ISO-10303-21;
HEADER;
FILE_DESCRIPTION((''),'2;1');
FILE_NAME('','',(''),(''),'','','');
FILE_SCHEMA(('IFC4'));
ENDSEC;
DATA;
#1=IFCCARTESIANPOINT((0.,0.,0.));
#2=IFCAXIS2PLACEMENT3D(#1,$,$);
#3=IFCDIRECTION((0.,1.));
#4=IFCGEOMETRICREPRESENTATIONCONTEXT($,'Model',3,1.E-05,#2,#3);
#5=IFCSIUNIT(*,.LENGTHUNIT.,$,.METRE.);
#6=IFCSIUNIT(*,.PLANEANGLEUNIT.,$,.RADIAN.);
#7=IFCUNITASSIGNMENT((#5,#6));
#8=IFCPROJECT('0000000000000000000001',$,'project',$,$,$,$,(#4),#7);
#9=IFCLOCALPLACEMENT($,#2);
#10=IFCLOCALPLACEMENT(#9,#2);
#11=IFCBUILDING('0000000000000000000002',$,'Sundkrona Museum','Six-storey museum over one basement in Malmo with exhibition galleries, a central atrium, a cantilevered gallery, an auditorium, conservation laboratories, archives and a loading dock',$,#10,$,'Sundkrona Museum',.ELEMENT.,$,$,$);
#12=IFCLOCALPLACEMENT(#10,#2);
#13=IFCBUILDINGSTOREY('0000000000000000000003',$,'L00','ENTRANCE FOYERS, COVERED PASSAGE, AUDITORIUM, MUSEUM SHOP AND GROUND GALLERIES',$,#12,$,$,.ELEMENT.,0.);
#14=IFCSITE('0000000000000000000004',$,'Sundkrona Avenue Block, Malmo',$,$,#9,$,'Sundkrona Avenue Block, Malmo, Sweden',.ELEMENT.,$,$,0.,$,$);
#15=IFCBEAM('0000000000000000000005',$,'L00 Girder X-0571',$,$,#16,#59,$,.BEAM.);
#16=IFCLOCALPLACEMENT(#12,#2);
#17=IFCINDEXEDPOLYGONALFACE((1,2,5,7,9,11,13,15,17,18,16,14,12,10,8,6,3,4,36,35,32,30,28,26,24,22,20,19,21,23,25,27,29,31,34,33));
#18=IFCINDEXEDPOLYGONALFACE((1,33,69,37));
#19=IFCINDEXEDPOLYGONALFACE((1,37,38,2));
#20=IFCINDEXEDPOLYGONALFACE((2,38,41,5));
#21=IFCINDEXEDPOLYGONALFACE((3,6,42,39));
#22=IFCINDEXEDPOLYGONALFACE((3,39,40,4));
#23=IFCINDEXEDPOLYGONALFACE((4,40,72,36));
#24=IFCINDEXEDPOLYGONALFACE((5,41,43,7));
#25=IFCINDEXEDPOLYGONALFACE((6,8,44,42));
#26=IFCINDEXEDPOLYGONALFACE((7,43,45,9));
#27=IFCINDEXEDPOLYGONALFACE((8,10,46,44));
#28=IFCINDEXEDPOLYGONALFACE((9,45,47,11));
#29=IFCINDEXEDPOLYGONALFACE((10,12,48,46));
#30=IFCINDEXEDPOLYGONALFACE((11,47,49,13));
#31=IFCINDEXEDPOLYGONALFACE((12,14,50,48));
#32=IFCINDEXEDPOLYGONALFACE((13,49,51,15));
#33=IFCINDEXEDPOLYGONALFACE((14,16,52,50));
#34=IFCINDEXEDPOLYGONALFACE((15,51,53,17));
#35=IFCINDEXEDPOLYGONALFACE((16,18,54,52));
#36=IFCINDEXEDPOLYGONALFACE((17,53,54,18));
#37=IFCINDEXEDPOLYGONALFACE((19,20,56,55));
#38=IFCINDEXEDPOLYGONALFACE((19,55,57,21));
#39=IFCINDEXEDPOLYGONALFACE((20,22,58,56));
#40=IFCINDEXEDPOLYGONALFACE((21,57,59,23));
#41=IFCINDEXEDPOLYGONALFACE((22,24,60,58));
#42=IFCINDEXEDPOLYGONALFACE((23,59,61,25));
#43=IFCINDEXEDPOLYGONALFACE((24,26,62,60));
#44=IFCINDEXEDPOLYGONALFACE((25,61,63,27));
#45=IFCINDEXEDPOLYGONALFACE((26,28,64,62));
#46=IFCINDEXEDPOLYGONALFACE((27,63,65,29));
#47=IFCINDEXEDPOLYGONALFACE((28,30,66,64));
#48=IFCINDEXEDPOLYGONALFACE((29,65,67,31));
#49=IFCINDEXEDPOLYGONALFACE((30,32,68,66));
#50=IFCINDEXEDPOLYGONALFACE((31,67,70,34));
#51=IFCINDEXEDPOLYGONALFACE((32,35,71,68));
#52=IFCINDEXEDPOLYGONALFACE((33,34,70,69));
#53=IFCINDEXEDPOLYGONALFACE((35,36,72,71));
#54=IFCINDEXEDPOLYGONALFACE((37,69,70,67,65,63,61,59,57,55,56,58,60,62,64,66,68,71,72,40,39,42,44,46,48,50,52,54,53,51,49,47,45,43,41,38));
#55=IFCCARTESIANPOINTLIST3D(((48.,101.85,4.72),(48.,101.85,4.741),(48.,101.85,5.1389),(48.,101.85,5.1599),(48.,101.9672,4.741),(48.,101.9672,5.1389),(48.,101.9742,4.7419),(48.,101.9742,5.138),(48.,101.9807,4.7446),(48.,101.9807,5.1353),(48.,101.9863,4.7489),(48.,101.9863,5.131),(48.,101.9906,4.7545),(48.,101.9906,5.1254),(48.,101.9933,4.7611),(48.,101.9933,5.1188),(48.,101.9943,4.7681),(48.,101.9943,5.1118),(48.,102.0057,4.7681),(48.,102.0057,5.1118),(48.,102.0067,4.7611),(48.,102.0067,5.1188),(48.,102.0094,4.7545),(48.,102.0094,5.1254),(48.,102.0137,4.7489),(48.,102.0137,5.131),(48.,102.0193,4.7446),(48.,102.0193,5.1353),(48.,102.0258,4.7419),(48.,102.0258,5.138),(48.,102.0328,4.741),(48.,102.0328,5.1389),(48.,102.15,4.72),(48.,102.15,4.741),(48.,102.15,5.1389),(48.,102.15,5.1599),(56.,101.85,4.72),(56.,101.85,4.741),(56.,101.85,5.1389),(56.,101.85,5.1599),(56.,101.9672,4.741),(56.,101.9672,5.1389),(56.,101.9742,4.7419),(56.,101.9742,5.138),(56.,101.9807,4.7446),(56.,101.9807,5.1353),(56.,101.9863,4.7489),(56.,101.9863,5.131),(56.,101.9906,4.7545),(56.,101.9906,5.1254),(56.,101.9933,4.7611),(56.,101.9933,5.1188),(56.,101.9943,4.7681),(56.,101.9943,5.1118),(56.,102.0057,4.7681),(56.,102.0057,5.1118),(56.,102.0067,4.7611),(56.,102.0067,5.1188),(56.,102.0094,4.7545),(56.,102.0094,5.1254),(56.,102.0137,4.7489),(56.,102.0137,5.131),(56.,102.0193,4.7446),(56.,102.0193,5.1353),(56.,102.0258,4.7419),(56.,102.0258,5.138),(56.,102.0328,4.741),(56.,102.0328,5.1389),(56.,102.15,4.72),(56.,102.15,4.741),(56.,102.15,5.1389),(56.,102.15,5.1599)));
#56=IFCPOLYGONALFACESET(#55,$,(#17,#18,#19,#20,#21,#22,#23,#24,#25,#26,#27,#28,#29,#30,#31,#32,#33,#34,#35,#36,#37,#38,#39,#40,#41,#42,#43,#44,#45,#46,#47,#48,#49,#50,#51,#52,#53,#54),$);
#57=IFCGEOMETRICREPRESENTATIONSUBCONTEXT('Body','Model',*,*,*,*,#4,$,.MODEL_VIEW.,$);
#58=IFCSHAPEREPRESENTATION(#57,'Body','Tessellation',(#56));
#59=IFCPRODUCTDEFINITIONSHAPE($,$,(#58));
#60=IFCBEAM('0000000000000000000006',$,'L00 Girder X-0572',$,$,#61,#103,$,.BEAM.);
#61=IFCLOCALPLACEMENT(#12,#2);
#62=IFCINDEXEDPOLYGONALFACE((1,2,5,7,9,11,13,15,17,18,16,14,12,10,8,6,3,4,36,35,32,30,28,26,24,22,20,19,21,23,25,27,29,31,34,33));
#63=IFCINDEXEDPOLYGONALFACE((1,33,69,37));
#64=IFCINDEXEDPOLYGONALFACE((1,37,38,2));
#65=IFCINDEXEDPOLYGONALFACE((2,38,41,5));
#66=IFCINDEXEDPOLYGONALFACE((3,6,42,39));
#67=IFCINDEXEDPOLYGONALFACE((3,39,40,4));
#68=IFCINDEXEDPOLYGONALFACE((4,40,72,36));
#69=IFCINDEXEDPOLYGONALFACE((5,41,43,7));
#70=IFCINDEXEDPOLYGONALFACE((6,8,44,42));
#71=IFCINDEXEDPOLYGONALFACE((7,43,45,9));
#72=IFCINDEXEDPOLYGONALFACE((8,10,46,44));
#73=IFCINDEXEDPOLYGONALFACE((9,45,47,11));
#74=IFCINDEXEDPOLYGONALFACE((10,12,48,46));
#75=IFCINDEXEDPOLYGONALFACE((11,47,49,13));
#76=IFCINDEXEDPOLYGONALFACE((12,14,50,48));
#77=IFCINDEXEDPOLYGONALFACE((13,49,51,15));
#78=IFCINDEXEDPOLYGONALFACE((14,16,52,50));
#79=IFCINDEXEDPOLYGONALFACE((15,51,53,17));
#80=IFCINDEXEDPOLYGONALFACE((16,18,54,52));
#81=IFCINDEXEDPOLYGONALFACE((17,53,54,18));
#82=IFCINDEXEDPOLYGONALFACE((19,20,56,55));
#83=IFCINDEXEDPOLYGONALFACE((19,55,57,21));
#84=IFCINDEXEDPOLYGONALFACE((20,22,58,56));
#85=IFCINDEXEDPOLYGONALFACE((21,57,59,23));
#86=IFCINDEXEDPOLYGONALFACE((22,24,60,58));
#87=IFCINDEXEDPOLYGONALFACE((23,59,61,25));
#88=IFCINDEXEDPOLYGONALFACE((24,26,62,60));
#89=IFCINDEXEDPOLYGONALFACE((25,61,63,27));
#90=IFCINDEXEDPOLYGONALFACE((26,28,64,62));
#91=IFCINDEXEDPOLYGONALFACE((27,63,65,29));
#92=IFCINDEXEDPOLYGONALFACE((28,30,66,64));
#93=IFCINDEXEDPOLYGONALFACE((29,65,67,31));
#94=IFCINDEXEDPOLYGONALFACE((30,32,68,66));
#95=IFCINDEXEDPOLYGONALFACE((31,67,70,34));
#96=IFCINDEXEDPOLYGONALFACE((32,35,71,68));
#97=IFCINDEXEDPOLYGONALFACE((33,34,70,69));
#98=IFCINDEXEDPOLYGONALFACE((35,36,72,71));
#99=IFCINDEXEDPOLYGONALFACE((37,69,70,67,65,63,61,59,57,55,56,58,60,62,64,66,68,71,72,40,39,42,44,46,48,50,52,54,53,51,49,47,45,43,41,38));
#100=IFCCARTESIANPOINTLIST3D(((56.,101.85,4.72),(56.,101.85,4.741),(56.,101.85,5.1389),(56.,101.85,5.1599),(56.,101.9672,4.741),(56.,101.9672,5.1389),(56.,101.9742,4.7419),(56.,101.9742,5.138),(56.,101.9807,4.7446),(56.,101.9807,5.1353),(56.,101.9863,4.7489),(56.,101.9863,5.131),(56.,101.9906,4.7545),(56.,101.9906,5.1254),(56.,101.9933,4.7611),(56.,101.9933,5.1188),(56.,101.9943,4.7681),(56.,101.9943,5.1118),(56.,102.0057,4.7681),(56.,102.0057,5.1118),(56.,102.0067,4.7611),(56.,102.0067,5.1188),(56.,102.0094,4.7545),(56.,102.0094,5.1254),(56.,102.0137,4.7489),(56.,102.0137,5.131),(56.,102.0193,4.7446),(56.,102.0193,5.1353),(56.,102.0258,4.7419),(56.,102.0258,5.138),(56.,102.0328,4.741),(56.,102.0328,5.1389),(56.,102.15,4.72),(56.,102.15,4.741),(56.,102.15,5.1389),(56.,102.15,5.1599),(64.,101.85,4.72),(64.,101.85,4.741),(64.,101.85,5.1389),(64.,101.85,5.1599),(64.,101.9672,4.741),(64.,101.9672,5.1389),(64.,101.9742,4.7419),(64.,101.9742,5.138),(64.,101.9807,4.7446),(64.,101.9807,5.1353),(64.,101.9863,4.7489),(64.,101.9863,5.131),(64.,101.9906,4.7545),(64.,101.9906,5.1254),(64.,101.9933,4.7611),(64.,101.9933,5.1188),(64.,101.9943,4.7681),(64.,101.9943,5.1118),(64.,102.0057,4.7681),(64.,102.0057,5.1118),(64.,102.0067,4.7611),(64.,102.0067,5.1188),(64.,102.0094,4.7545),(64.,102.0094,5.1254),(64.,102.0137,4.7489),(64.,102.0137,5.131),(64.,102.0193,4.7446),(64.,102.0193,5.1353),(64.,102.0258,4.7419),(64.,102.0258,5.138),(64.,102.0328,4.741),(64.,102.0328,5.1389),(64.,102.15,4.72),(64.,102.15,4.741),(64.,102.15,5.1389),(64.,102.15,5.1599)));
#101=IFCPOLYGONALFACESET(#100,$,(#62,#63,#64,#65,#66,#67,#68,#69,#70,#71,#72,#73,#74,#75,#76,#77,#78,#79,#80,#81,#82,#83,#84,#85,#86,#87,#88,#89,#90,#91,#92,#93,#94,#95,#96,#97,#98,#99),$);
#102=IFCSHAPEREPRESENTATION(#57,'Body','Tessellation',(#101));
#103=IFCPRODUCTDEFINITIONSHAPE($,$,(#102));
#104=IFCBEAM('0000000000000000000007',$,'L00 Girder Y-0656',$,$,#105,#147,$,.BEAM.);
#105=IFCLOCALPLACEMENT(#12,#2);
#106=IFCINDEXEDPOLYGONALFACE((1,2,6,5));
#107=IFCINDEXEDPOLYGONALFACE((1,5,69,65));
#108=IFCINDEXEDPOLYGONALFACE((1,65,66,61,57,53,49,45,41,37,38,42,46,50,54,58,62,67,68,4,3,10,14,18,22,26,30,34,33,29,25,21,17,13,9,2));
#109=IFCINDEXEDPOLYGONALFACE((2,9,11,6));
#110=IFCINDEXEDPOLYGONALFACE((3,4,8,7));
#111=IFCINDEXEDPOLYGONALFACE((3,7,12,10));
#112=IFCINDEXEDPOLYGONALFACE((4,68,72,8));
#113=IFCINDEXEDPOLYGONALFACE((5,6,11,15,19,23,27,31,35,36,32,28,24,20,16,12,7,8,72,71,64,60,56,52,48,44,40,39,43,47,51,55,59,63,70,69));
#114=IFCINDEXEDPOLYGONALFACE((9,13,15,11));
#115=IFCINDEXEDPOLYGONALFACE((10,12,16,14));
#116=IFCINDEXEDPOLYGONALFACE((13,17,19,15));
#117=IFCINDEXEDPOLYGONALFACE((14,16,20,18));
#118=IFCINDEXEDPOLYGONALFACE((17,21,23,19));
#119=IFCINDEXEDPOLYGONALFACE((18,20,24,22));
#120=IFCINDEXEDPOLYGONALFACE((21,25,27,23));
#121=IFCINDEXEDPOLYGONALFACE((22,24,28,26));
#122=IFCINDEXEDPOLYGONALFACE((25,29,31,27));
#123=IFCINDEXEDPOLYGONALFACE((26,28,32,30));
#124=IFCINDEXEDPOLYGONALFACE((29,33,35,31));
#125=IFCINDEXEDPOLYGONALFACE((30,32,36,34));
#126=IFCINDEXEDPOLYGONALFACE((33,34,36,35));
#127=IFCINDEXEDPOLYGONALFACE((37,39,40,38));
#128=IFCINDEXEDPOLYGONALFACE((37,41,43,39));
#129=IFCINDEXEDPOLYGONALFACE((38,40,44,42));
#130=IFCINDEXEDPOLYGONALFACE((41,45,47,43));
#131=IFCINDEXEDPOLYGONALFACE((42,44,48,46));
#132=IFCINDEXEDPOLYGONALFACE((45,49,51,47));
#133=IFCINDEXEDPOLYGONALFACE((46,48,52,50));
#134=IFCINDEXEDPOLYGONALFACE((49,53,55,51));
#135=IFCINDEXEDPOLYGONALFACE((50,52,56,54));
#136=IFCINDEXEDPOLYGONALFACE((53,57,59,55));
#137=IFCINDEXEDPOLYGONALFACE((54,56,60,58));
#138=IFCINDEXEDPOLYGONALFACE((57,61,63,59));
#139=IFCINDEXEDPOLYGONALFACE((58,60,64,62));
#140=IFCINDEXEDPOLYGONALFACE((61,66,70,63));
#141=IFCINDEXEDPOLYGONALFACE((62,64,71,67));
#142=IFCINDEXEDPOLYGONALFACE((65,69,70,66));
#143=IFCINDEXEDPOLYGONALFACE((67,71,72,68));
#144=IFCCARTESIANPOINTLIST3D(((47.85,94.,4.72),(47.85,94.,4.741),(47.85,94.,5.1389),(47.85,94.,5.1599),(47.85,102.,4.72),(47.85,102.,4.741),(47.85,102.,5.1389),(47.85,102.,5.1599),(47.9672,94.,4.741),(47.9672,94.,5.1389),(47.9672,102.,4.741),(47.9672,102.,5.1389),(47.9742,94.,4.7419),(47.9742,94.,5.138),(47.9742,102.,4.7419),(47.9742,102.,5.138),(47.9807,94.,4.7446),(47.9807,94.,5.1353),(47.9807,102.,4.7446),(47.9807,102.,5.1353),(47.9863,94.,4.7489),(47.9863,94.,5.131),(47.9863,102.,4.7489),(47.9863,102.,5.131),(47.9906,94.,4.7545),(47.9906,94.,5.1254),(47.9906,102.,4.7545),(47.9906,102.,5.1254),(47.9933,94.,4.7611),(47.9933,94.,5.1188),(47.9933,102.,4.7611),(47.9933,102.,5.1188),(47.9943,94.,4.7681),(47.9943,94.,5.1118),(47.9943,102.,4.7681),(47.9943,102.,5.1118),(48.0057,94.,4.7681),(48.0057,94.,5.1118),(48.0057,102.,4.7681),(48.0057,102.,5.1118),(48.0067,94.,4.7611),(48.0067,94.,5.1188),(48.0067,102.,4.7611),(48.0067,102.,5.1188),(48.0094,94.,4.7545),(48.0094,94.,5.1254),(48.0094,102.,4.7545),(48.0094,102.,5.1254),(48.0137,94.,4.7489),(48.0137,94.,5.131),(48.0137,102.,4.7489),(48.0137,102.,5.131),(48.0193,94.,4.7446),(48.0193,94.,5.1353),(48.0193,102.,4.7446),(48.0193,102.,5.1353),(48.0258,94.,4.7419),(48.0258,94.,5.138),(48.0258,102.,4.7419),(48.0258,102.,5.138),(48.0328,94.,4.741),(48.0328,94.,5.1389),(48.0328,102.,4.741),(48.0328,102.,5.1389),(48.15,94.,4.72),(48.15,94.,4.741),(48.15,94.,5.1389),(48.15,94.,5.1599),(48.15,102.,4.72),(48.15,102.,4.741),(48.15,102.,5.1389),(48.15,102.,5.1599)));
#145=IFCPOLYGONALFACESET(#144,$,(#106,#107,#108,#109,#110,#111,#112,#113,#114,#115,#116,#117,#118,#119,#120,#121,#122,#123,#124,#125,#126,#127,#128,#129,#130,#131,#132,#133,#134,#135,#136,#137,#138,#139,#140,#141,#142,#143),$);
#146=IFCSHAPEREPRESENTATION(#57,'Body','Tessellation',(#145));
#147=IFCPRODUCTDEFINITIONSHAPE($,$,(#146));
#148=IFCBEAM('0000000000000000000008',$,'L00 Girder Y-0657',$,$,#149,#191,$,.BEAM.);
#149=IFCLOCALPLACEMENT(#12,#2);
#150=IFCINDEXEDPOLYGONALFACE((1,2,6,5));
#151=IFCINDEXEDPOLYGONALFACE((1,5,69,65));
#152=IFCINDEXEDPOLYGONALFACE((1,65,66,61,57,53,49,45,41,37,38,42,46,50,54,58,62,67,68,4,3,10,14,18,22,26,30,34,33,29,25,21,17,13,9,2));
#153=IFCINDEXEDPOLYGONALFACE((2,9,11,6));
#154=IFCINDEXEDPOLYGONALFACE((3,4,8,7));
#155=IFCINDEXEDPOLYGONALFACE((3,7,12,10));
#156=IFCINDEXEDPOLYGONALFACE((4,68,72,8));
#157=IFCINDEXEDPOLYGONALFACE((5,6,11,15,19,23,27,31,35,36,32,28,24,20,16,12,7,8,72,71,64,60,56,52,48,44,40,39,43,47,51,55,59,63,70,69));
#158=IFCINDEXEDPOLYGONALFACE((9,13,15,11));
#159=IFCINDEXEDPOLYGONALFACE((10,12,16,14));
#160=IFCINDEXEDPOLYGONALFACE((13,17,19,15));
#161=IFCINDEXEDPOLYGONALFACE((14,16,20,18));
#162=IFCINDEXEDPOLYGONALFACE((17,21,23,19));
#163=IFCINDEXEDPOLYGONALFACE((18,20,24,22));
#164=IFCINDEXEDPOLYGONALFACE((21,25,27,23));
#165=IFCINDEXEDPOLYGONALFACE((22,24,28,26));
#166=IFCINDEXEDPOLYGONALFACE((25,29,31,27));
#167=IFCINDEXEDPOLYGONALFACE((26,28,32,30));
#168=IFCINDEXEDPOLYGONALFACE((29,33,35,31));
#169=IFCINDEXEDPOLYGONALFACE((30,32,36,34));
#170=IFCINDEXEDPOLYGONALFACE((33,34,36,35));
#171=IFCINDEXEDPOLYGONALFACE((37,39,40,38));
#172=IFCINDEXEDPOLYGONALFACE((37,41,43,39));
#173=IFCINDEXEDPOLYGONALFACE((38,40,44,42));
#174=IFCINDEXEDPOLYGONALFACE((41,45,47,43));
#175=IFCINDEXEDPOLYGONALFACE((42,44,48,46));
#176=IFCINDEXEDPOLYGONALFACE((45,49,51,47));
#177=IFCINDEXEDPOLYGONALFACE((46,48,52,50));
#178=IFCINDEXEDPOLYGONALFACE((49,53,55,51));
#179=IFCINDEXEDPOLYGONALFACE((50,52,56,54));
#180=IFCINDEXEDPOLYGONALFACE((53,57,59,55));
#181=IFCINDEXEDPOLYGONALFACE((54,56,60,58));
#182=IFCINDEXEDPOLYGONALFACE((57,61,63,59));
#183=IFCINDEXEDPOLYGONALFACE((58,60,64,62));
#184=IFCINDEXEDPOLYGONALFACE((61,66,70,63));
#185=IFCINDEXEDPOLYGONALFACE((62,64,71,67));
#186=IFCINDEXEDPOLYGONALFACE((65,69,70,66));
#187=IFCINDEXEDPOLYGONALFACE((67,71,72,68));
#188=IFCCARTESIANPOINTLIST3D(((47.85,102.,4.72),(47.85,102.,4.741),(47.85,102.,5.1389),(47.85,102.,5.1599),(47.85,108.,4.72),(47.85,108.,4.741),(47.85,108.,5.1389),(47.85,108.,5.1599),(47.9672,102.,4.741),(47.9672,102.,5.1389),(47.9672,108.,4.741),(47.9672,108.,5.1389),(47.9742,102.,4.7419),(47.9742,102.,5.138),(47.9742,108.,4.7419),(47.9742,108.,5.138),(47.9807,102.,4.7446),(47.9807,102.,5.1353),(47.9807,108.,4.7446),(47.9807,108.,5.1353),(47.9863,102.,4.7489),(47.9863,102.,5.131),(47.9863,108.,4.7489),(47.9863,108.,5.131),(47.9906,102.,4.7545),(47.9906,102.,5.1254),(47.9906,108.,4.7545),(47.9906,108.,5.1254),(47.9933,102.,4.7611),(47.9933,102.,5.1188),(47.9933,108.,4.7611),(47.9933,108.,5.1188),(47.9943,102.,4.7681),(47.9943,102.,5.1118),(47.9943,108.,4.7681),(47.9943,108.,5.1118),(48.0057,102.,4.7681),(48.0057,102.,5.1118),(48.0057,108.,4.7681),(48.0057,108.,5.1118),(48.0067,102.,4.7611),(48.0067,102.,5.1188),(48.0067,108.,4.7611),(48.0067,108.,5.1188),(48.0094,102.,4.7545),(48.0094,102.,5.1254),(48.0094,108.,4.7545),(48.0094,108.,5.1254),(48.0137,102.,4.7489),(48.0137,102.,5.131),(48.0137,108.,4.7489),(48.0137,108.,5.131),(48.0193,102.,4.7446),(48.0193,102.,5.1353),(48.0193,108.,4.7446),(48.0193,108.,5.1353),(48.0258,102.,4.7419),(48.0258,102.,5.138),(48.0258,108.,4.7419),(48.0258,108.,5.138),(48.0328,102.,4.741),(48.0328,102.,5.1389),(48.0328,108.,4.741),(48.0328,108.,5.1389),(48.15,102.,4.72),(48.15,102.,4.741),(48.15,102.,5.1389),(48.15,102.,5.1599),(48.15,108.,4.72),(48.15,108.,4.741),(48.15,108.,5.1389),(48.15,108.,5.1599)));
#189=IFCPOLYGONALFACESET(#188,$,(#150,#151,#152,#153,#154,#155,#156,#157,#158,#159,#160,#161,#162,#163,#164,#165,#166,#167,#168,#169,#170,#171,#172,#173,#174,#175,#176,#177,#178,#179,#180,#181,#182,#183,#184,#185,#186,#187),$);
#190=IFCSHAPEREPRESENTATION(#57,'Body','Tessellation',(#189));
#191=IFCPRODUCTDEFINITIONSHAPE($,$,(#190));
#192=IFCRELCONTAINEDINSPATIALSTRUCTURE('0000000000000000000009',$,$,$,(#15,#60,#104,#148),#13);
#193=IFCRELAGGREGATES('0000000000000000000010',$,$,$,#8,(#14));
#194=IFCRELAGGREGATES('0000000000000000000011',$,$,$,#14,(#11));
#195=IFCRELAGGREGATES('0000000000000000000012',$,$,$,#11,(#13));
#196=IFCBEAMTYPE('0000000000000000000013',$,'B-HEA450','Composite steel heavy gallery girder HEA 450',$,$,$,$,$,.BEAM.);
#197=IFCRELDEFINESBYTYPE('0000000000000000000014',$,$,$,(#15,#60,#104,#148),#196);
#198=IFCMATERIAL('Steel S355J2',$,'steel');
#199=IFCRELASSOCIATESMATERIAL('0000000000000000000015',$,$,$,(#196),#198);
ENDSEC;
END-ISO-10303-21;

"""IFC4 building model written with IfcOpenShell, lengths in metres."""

from ifc_helpers import new_model, si_unit, direction, frame, origin, origin_2d, place, context, subcontext, project, spatial, i_section, extrude, material, material_profile, profile_set, type_object, element, save


model = new_model("IFC4")

# Units and contexts
model_context = context("Model", 3, precision=1e-05, world=origin(), true_north=direction((0.0, 1.0)))
body_context = subcontext(model_context, "Body", "Model", "MODEL_VIEW")
ifc_project = project(units=[si_unit("LENGTHUNIT", "METRE"), si_unit("PLANEANGLEUNIT", "RADIAN")], contexts=[model_context])

# Site, building, storey
site_placement = place(None, origin())
site = spatial("IfcSite", under=ifc_project, at=site_placement, Name="Sundkrona Avenue Block, Malmo", LongName="Sundkrona Avenue Block, Malmo, Sweden", CompositionType="ELEMENT", RefElevation=0.0)
building_placement = place(site_placement, origin())
building = spatial("IfcBuilding", under=site, at=building_placement, Name="Sundkrona Museum", Description="Six-storey museum over one basement in Malmo with exhibition galleries, a central atrium, a cantilevered gallery, an auditorium, conservation laboratories, archives and a loading dock", LongName="Sundkrona Museum", CompositionType="ELEMENT")
storey_placement = place(building_placement, origin())
storey = spatial("IfcBuildingStorey", under=building, at=storey_placement, Name="L00", Description="ENTRANCE FOYERS, COVERED PASSAGE, AUDITORIUM, MUSEUM SHOP AND GROUND GALLERIES", CompositionType="ELEMENT", Elevation=0.0)

# Shared definitions
ifc_material_1 = material(Name="Steel S355J2", Category="steel")

# Beams
ifc_material_profile_1 = material_profile(ifc_material_1, i_section(OverallWidth=0.3, OverallDepth=0.4399, WebThickness=0.0115, FlangeThickness=0.021, FilletRadius=0.0271, at=origin_2d()), Name="HEA 450")
ifc_profile_set_1 = profile_set([ifc_material_profile_1], Name="Steel S355J2")
beam_type_1 = type_object("IfcBeamType", Name="B-HEA450", Description="Composite steel heavy gallery girder HEA 450", PredefinedType="BEAM", material=ifc_profile_set_1)
for number, where, z_axis, x_axis, name in (
    (1, (48.0, 102.0, 4.9399), (1.0, 0.0, 0.0), (0.0, 1.0, 0.0), "L00 Girder X-0571"),
    (2, (56.0, 102.0, 4.9399), (1.0, 0.0, 0.0), (0.0, 1.0, 0.0), "L00 Girder X-0572"),
    (3, (48.0, 94.0, 4.9399), (0.0, 1.0, 0.0), (-1.0, 0.0, 0.0), "L00 Girder Y-0656"),
):
    element("IfcBeam", number, at=place(storey_placement, frame(where, z_axis=z_axis, x_axis=x_axis)), inside=storey, type_object=beam_type_1, Name=name, PredefinedType="BEAM", context=body_context, shape_type="SweptSolid", body=[
        extrude(i_section(OverallWidth=0.3, OverallDepth=0.4399, WebThickness=0.0115, FlangeThickness=0.021, FilletRadius=0.0271, at=origin_2d()), origin(), (0.0, 0.0, 1.0), 8.0),
    ])
beam_1_placement = place(storey_placement, frame((48.0, 102.0, 4.9399), z_axis=(0.0, 1.0, 0.0), x_axis=(-1.0, 0.0, 0.0)))
element("IfcBeam", 4, at=beam_1_placement, inside=storey, type_object=beam_type_1, Name="L00 Girder Y-0657", PredefinedType="BEAM", context=body_context, shape_type="SweptSolid", body=[
    extrude(i_section(OverallWidth=0.3, OverallDepth=0.4399, WebThickness=0.0115, FlangeThickness=0.021, FilletRadius=0.0271, at=origin_2d()), origin(), (0.0, 0.0, 1.0), 6.0),
])

save(model, "model.ifc")
